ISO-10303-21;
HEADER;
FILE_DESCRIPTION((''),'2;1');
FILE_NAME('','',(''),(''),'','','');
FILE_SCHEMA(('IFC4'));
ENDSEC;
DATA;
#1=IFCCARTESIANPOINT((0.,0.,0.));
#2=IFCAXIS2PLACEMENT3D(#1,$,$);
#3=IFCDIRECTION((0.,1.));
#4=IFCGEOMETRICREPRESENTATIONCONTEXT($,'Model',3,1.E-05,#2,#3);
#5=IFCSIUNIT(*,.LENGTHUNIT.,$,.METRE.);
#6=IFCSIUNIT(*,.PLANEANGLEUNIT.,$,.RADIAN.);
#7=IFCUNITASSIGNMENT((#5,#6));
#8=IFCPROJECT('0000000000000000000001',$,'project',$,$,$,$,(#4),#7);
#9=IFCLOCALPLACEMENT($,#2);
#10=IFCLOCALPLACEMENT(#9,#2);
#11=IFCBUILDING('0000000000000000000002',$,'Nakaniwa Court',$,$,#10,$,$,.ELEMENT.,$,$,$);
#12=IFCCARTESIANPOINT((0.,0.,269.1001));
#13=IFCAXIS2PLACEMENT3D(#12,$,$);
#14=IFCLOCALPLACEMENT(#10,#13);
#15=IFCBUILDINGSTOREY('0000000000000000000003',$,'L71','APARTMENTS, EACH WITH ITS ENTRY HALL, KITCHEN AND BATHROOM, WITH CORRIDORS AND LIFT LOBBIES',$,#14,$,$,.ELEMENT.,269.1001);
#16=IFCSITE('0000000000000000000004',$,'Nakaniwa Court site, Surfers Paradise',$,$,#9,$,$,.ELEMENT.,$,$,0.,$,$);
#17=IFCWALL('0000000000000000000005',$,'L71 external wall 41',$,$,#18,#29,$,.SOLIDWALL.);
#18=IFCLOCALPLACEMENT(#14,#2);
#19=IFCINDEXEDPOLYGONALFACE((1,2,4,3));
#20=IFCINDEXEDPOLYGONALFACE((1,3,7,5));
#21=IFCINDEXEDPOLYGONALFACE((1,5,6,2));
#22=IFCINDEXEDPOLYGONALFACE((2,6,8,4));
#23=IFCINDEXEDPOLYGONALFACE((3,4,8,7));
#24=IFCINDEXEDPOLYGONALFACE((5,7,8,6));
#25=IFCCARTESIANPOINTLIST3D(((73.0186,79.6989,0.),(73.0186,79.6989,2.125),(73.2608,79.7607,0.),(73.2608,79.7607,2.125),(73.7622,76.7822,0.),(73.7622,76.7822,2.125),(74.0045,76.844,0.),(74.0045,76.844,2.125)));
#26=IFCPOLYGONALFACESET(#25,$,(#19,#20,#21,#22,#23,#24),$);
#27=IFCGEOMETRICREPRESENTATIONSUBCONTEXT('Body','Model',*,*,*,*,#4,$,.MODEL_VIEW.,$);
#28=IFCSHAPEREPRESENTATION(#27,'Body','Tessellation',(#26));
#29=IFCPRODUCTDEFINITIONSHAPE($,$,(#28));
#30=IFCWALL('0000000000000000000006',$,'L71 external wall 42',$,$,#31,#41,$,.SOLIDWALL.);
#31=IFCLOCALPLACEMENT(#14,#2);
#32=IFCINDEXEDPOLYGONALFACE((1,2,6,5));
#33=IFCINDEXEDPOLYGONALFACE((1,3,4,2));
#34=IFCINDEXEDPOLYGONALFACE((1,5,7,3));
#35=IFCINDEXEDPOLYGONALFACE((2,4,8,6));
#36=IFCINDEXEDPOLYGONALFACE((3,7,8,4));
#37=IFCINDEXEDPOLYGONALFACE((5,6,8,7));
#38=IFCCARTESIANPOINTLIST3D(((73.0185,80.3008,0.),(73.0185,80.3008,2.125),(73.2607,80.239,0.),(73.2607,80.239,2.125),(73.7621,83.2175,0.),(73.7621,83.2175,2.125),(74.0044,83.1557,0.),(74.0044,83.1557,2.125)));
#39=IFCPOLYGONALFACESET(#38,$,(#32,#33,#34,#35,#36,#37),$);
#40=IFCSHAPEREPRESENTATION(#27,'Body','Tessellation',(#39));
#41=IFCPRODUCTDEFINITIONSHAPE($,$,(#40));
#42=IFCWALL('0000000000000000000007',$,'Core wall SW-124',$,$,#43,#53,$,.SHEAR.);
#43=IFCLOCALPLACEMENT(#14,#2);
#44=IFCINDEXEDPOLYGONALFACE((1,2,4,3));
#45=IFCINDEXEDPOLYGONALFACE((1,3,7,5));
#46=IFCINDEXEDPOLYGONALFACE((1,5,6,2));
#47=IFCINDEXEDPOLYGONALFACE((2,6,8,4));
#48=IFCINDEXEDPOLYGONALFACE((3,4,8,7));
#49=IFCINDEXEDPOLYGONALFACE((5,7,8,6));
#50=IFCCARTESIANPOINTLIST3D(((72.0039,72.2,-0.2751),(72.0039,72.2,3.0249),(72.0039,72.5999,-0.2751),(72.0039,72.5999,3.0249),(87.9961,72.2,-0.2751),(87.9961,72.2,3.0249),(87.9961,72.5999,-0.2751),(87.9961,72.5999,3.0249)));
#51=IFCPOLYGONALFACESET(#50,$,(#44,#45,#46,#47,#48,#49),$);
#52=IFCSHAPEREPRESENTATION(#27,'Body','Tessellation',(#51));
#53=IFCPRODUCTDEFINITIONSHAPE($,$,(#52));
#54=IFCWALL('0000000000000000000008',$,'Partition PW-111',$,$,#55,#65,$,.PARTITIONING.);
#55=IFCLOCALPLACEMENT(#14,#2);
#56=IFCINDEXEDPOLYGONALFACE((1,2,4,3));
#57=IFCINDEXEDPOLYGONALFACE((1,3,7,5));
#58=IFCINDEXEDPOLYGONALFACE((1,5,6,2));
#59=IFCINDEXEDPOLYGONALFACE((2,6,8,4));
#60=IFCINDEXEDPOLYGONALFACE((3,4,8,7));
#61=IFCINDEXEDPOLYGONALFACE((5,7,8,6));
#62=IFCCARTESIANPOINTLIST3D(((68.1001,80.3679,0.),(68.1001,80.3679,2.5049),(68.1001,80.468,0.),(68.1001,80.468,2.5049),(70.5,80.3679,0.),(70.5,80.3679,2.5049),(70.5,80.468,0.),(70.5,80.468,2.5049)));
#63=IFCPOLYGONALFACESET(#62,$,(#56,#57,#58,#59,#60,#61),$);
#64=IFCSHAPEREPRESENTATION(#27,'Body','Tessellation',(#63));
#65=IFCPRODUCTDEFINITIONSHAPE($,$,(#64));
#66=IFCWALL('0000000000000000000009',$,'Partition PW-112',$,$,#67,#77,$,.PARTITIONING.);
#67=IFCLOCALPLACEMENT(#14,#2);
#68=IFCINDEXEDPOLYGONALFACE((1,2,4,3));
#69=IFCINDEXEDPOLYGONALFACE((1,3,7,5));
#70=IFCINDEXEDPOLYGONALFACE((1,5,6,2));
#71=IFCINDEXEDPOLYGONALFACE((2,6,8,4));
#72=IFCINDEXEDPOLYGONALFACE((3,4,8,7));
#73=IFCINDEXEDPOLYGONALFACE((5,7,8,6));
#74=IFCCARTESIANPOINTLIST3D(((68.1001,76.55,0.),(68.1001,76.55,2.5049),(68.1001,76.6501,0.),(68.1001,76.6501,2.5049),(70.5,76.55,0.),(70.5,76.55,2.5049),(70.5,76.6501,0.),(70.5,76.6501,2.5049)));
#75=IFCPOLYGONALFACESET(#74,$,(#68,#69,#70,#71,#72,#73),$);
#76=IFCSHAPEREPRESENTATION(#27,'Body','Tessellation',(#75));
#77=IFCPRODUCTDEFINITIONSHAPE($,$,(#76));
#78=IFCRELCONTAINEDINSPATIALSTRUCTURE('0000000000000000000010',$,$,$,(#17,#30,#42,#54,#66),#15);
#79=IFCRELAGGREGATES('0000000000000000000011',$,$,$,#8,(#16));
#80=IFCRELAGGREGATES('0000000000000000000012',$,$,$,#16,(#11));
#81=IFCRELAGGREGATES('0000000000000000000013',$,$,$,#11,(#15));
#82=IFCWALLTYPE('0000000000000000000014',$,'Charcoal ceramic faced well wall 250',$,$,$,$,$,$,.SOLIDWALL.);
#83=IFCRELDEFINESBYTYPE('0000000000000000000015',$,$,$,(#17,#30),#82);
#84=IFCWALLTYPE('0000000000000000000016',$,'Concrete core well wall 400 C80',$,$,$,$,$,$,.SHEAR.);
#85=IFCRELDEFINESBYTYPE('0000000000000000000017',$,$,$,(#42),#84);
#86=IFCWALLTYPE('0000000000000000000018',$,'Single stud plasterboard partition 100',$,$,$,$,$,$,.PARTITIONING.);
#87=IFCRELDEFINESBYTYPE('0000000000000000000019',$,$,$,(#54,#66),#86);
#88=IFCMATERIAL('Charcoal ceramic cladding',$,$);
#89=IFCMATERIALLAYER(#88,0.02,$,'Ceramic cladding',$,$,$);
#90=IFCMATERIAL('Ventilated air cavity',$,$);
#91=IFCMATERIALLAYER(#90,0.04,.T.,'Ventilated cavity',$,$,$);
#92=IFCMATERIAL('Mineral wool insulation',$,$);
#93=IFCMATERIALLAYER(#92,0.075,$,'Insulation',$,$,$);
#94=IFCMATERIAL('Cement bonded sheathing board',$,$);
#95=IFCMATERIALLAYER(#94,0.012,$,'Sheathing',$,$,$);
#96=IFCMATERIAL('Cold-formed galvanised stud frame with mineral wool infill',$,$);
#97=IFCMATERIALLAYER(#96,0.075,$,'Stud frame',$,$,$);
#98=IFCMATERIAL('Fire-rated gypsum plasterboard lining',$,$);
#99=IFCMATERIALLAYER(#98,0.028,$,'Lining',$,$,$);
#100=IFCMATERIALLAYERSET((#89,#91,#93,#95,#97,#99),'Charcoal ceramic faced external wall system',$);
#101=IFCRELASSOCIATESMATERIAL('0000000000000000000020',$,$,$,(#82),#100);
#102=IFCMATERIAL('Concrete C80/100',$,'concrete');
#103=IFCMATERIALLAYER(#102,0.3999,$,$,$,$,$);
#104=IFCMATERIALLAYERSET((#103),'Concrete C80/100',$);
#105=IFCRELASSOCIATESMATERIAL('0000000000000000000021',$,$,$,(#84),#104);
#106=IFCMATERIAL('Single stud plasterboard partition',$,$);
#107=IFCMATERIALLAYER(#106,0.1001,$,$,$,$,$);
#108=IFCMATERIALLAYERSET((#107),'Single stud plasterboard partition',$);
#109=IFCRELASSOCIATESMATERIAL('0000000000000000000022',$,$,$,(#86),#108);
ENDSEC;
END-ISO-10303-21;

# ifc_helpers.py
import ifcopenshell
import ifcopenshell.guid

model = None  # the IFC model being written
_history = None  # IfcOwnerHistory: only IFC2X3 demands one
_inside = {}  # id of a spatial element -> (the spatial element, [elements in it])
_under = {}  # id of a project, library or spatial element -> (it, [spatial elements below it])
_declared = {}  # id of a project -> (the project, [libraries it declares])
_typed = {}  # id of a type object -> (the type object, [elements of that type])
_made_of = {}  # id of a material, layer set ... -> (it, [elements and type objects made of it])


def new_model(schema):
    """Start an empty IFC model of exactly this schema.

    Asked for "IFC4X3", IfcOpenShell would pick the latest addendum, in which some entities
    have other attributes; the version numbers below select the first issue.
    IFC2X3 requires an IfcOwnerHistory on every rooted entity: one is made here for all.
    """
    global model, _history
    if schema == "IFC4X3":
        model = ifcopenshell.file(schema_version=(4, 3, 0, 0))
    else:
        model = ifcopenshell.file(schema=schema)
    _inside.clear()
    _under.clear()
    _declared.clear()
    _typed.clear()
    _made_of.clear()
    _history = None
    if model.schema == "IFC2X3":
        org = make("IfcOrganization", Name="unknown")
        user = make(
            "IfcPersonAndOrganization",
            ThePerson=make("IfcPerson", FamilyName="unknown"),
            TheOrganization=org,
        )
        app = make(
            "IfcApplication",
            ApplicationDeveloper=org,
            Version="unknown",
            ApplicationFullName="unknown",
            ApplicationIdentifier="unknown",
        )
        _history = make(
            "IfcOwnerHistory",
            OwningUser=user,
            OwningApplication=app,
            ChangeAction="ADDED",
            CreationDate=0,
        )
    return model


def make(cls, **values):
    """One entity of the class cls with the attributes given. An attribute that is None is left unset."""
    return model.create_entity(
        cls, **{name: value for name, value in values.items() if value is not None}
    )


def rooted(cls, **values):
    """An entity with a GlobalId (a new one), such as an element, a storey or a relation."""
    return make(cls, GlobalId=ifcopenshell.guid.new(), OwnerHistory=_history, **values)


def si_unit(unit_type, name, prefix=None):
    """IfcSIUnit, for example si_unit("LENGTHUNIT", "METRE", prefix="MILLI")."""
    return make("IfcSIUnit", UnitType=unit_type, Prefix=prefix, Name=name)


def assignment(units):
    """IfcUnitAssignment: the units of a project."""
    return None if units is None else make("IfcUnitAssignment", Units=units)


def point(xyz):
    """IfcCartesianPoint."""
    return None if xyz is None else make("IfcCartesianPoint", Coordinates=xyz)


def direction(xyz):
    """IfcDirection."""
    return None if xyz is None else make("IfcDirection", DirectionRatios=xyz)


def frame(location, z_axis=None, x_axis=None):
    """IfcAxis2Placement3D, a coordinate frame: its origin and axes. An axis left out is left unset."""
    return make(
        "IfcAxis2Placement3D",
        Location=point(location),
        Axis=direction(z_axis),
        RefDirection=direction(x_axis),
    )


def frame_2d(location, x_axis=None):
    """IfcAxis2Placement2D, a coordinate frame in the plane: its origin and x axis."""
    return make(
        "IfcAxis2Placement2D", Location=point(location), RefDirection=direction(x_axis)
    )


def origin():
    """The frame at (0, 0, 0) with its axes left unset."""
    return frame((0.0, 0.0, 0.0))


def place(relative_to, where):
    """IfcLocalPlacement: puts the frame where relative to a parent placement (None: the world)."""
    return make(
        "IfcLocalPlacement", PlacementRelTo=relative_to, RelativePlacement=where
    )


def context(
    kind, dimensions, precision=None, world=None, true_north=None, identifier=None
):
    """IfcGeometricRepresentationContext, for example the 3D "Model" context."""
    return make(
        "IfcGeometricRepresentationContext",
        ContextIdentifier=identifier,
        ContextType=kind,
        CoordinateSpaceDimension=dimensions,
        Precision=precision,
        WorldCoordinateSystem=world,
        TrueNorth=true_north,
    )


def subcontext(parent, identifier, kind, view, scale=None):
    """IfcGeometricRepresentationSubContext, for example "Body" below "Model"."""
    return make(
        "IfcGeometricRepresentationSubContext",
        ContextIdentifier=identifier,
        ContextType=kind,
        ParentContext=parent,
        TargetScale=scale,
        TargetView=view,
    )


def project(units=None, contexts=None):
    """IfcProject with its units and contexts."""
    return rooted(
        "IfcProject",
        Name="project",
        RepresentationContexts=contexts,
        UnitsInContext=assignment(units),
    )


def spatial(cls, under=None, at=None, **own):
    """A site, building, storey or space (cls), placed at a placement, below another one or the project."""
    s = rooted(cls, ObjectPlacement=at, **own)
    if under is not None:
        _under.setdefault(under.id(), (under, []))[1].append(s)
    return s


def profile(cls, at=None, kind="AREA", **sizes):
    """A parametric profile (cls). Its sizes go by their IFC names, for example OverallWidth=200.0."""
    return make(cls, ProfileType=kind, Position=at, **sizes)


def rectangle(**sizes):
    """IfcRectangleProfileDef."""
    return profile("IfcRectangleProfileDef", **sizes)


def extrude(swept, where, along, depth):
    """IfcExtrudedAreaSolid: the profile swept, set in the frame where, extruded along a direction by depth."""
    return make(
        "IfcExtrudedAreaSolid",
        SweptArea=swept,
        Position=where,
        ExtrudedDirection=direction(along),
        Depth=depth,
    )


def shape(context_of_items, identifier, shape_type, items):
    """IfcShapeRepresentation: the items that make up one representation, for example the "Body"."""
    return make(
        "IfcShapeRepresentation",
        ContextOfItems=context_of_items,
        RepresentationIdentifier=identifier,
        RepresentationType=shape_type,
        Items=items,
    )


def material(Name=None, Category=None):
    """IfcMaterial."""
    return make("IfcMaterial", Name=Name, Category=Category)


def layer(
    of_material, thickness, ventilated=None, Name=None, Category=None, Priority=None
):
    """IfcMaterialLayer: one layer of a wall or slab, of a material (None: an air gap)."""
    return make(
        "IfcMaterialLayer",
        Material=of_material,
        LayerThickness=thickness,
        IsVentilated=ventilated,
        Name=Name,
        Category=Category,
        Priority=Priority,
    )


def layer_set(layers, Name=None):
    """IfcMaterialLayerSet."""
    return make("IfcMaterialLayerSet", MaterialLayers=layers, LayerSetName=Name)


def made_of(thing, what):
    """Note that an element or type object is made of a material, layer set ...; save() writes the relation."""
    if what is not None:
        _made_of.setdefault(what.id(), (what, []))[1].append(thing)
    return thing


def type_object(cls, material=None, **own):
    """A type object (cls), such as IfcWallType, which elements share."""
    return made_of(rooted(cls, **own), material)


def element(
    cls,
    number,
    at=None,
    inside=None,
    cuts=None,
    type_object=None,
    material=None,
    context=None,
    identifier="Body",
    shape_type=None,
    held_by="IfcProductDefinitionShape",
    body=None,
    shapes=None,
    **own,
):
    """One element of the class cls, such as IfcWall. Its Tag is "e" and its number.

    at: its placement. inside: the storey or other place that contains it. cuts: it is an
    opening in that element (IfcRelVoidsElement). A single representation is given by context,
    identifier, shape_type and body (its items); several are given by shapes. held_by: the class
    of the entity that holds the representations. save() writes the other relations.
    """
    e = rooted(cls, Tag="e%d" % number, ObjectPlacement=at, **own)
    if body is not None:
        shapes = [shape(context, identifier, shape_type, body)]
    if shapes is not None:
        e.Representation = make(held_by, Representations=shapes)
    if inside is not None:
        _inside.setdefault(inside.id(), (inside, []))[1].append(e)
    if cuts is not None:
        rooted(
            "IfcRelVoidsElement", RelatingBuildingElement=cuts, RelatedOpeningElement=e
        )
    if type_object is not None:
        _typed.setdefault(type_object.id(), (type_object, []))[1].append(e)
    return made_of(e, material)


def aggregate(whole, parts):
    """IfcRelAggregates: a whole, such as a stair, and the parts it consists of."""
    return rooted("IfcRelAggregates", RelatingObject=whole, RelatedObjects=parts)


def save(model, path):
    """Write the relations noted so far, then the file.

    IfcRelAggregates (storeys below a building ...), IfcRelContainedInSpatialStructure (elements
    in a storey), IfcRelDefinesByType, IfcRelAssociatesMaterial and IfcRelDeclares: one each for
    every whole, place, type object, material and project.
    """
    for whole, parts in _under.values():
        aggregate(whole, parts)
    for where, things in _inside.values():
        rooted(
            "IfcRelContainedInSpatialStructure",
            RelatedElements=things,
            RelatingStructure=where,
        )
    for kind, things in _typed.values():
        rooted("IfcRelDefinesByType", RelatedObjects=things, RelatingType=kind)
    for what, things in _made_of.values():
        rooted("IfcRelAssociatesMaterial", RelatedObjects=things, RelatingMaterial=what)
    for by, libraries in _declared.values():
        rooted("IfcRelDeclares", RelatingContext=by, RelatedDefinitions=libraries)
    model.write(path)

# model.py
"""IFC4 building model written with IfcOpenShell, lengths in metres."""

from ifc_helpers import new_model, si_unit, direction, frame, frame_2d, origin, place, context, subcontext, project, spatial, rectangle, extrude, material, layer, layer_set, type_object, element, save


model = new_model("IFC4")

# Units and contexts
model_context = context("Model", 3, precision=1e-05, world=origin(), true_north=direction((0.0, 1.0)))
body_context = subcontext(model_context, "Body", "Model", "MODEL_VIEW")
ifc_project = project(units=[si_unit("LENGTHUNIT", "METRE"), si_unit("PLANEANGLEUNIT", "RADIAN")], contexts=[model_context])

# Site, building, storey
site_placement = place(None, origin())
site = spatial("IfcSite", under=ifc_project, at=site_placement, Name="Nakaniwa Court site, Surfers Paradise", CompositionType="ELEMENT", RefElevation=0.0)
building_placement = place(site_placement, origin())
building = spatial("IfcBuilding", under=site, at=building_placement, Name="Nakaniwa Court", CompositionType="ELEMENT")
storey_placement = place(building_placement, frame((0.0, 0.0, 269.1001)))
storey = spatial("IfcBuildingStorey", under=building, at=storey_placement, Name="L71", Description="APARTMENTS, EACH WITH ITS ENTRY HALL, KITCHEN AND BATHROOM, WITH CORRIDORS AND LIFT LOBBIES", CompositionType="ELEMENT", Elevation=269.1001)

# Shared definitions
ifc_material_1 = material(Name="Concrete C80/100", Category="concrete")

# Walls
ifc_material_2 = material(Name="Charcoal ceramic cladding")
ifc_layer_1 = layer(ifc_material_2, 0.02, Name="Ceramic cladding")
ifc_material_3 = material(Name="Ventilated air cavity")
ifc_layer_2 = layer(ifc_material_3, 0.04, ventilated=True, Name="Ventilated cavity")
ifc_material_4 = material(Name="Mineral wool insulation")
ifc_layer_3 = layer(ifc_material_4, 0.075, Name="Insulation")
ifc_material_5 = material(Name="Cement bonded sheathing board")
ifc_layer_4 = layer(ifc_material_5, 0.012, Name="Sheathing")
ifc_material_6 = material(Name="Cold-formed galvanised stud frame with mineral wool infill")
ifc_layer_5 = layer(ifc_material_6, 0.075, Name="Stud frame")
ifc_material_7 = material(Name="Fire-rated gypsum plasterboard lining")
ifc_layer_6 = layer(ifc_material_7, 0.028, Name="Lining")
ifc_layer_set_1 = layer_set([ifc_layer_1, ifc_layer_2, ifc_layer_3, ifc_layer_4, ifc_layer_5, ifc_layer_6], Name="Charcoal ceramic faced external wall system")
wall_type_1 = type_object("IfcWallType", Name="Charcoal ceramic faced well wall 250", PredefinedType="SOLIDWALL", material=ifc_layer_set_1)
for number, where, z_axis, x_axis, name in (
    (1, (73.8833, 76.8132, 0.0), (0.0, 0.0, 1.0), (-0.247056, 0.969001, 0.0), "L71 external wall 41"),
    (2, (73.1396, 80.27, 0.0), (0.0, 0.0, 1.0), (0.247056, 0.969001, 0.0), "L71 external wall 42"),
):
    element("IfcWall", number, at=place(storey_placement, frame(where, z_axis=z_axis, x_axis=x_axis)), inside=storey, type_object=wall_type_1, Name=name, PredefinedType="SOLIDWALL", context=body_context, shape_type="SweptSolid", body=[
        extrude(rectangle(XDim=3.01, YDim=0.25, at=frame_2d((1.5049, 0.0))), origin(), (0.0, 0.0, 1.0), 2.125),
    ])
ifc_layer_7 = layer(ifc_material_1, 0.3999)
ifc_layer_set_2 = layer_set([ifc_layer_7], Name="Concrete C80/100")
wall_type_2 = type_object("IfcWallType", Name="Concrete core well wall 400 C80", PredefinedType="SHEAR", material=ifc_layer_set_2)
wall_1_placement = place(storey_placement, frame((72.0039, 72.3999, -0.2751), z_axis=(0.0, 0.0, 1.0), x_axis=(1.0, 0.0, 0.0)))
element("IfcWall", 3, at=wall_1_placement, inside=storey, type_object=wall_type_2, Name="Core wall SW-124", PredefinedType="SHEAR", context=body_context, shape_type="SweptSolid", body=[
    extrude(rectangle(XDim=15.9922, YDim=0.3999, at=frame_2d((7.9961, 0.0))), origin(), (0.0, 0.0, 1.0), 3.3),
])
ifc_material_8 = material(Name="Single stud plasterboard partition")
ifc_layer_8 = layer(ifc_material_8, 0.1001)
ifc_layer_set_3 = layer_set([ifc_layer_8], Name="Single stud plasterboard partition")
wall_type_3 = type_object("IfcWallType", Name="Single stud plasterboard partition 100", PredefinedType="PARTITIONING", material=ifc_layer_set_3)
for number, where, z_axis, x_axis, name in (
    (4, (68.1001, 80.418, 0.0), (0.0, 0.0, 1.0), (1.0, 0.0, 0.0), "Partition PW-111"),
    (5, (68.1001, 76.6001, 0.0), (0.0, 0.0, 1.0), (1.0, 0.0, 0.0), "Partition PW-112"),
):
    element("IfcWall", number, at=place(storey_placement, frame(where, z_axis=z_axis, x_axis=x_axis)), inside=storey, type_object=wall_type_3, Name=name, PredefinedType="PARTITIONING", context=body_context, shape_type="SweptSolid", body=[
        extrude(rectangle(XDim=2.3999, YDim=0.1001, at=frame_2d((1.2, 0.0))), origin(), (0.0, 0.0, 1.0), 2.5049),
    ])

save(model, "model.ifc")
